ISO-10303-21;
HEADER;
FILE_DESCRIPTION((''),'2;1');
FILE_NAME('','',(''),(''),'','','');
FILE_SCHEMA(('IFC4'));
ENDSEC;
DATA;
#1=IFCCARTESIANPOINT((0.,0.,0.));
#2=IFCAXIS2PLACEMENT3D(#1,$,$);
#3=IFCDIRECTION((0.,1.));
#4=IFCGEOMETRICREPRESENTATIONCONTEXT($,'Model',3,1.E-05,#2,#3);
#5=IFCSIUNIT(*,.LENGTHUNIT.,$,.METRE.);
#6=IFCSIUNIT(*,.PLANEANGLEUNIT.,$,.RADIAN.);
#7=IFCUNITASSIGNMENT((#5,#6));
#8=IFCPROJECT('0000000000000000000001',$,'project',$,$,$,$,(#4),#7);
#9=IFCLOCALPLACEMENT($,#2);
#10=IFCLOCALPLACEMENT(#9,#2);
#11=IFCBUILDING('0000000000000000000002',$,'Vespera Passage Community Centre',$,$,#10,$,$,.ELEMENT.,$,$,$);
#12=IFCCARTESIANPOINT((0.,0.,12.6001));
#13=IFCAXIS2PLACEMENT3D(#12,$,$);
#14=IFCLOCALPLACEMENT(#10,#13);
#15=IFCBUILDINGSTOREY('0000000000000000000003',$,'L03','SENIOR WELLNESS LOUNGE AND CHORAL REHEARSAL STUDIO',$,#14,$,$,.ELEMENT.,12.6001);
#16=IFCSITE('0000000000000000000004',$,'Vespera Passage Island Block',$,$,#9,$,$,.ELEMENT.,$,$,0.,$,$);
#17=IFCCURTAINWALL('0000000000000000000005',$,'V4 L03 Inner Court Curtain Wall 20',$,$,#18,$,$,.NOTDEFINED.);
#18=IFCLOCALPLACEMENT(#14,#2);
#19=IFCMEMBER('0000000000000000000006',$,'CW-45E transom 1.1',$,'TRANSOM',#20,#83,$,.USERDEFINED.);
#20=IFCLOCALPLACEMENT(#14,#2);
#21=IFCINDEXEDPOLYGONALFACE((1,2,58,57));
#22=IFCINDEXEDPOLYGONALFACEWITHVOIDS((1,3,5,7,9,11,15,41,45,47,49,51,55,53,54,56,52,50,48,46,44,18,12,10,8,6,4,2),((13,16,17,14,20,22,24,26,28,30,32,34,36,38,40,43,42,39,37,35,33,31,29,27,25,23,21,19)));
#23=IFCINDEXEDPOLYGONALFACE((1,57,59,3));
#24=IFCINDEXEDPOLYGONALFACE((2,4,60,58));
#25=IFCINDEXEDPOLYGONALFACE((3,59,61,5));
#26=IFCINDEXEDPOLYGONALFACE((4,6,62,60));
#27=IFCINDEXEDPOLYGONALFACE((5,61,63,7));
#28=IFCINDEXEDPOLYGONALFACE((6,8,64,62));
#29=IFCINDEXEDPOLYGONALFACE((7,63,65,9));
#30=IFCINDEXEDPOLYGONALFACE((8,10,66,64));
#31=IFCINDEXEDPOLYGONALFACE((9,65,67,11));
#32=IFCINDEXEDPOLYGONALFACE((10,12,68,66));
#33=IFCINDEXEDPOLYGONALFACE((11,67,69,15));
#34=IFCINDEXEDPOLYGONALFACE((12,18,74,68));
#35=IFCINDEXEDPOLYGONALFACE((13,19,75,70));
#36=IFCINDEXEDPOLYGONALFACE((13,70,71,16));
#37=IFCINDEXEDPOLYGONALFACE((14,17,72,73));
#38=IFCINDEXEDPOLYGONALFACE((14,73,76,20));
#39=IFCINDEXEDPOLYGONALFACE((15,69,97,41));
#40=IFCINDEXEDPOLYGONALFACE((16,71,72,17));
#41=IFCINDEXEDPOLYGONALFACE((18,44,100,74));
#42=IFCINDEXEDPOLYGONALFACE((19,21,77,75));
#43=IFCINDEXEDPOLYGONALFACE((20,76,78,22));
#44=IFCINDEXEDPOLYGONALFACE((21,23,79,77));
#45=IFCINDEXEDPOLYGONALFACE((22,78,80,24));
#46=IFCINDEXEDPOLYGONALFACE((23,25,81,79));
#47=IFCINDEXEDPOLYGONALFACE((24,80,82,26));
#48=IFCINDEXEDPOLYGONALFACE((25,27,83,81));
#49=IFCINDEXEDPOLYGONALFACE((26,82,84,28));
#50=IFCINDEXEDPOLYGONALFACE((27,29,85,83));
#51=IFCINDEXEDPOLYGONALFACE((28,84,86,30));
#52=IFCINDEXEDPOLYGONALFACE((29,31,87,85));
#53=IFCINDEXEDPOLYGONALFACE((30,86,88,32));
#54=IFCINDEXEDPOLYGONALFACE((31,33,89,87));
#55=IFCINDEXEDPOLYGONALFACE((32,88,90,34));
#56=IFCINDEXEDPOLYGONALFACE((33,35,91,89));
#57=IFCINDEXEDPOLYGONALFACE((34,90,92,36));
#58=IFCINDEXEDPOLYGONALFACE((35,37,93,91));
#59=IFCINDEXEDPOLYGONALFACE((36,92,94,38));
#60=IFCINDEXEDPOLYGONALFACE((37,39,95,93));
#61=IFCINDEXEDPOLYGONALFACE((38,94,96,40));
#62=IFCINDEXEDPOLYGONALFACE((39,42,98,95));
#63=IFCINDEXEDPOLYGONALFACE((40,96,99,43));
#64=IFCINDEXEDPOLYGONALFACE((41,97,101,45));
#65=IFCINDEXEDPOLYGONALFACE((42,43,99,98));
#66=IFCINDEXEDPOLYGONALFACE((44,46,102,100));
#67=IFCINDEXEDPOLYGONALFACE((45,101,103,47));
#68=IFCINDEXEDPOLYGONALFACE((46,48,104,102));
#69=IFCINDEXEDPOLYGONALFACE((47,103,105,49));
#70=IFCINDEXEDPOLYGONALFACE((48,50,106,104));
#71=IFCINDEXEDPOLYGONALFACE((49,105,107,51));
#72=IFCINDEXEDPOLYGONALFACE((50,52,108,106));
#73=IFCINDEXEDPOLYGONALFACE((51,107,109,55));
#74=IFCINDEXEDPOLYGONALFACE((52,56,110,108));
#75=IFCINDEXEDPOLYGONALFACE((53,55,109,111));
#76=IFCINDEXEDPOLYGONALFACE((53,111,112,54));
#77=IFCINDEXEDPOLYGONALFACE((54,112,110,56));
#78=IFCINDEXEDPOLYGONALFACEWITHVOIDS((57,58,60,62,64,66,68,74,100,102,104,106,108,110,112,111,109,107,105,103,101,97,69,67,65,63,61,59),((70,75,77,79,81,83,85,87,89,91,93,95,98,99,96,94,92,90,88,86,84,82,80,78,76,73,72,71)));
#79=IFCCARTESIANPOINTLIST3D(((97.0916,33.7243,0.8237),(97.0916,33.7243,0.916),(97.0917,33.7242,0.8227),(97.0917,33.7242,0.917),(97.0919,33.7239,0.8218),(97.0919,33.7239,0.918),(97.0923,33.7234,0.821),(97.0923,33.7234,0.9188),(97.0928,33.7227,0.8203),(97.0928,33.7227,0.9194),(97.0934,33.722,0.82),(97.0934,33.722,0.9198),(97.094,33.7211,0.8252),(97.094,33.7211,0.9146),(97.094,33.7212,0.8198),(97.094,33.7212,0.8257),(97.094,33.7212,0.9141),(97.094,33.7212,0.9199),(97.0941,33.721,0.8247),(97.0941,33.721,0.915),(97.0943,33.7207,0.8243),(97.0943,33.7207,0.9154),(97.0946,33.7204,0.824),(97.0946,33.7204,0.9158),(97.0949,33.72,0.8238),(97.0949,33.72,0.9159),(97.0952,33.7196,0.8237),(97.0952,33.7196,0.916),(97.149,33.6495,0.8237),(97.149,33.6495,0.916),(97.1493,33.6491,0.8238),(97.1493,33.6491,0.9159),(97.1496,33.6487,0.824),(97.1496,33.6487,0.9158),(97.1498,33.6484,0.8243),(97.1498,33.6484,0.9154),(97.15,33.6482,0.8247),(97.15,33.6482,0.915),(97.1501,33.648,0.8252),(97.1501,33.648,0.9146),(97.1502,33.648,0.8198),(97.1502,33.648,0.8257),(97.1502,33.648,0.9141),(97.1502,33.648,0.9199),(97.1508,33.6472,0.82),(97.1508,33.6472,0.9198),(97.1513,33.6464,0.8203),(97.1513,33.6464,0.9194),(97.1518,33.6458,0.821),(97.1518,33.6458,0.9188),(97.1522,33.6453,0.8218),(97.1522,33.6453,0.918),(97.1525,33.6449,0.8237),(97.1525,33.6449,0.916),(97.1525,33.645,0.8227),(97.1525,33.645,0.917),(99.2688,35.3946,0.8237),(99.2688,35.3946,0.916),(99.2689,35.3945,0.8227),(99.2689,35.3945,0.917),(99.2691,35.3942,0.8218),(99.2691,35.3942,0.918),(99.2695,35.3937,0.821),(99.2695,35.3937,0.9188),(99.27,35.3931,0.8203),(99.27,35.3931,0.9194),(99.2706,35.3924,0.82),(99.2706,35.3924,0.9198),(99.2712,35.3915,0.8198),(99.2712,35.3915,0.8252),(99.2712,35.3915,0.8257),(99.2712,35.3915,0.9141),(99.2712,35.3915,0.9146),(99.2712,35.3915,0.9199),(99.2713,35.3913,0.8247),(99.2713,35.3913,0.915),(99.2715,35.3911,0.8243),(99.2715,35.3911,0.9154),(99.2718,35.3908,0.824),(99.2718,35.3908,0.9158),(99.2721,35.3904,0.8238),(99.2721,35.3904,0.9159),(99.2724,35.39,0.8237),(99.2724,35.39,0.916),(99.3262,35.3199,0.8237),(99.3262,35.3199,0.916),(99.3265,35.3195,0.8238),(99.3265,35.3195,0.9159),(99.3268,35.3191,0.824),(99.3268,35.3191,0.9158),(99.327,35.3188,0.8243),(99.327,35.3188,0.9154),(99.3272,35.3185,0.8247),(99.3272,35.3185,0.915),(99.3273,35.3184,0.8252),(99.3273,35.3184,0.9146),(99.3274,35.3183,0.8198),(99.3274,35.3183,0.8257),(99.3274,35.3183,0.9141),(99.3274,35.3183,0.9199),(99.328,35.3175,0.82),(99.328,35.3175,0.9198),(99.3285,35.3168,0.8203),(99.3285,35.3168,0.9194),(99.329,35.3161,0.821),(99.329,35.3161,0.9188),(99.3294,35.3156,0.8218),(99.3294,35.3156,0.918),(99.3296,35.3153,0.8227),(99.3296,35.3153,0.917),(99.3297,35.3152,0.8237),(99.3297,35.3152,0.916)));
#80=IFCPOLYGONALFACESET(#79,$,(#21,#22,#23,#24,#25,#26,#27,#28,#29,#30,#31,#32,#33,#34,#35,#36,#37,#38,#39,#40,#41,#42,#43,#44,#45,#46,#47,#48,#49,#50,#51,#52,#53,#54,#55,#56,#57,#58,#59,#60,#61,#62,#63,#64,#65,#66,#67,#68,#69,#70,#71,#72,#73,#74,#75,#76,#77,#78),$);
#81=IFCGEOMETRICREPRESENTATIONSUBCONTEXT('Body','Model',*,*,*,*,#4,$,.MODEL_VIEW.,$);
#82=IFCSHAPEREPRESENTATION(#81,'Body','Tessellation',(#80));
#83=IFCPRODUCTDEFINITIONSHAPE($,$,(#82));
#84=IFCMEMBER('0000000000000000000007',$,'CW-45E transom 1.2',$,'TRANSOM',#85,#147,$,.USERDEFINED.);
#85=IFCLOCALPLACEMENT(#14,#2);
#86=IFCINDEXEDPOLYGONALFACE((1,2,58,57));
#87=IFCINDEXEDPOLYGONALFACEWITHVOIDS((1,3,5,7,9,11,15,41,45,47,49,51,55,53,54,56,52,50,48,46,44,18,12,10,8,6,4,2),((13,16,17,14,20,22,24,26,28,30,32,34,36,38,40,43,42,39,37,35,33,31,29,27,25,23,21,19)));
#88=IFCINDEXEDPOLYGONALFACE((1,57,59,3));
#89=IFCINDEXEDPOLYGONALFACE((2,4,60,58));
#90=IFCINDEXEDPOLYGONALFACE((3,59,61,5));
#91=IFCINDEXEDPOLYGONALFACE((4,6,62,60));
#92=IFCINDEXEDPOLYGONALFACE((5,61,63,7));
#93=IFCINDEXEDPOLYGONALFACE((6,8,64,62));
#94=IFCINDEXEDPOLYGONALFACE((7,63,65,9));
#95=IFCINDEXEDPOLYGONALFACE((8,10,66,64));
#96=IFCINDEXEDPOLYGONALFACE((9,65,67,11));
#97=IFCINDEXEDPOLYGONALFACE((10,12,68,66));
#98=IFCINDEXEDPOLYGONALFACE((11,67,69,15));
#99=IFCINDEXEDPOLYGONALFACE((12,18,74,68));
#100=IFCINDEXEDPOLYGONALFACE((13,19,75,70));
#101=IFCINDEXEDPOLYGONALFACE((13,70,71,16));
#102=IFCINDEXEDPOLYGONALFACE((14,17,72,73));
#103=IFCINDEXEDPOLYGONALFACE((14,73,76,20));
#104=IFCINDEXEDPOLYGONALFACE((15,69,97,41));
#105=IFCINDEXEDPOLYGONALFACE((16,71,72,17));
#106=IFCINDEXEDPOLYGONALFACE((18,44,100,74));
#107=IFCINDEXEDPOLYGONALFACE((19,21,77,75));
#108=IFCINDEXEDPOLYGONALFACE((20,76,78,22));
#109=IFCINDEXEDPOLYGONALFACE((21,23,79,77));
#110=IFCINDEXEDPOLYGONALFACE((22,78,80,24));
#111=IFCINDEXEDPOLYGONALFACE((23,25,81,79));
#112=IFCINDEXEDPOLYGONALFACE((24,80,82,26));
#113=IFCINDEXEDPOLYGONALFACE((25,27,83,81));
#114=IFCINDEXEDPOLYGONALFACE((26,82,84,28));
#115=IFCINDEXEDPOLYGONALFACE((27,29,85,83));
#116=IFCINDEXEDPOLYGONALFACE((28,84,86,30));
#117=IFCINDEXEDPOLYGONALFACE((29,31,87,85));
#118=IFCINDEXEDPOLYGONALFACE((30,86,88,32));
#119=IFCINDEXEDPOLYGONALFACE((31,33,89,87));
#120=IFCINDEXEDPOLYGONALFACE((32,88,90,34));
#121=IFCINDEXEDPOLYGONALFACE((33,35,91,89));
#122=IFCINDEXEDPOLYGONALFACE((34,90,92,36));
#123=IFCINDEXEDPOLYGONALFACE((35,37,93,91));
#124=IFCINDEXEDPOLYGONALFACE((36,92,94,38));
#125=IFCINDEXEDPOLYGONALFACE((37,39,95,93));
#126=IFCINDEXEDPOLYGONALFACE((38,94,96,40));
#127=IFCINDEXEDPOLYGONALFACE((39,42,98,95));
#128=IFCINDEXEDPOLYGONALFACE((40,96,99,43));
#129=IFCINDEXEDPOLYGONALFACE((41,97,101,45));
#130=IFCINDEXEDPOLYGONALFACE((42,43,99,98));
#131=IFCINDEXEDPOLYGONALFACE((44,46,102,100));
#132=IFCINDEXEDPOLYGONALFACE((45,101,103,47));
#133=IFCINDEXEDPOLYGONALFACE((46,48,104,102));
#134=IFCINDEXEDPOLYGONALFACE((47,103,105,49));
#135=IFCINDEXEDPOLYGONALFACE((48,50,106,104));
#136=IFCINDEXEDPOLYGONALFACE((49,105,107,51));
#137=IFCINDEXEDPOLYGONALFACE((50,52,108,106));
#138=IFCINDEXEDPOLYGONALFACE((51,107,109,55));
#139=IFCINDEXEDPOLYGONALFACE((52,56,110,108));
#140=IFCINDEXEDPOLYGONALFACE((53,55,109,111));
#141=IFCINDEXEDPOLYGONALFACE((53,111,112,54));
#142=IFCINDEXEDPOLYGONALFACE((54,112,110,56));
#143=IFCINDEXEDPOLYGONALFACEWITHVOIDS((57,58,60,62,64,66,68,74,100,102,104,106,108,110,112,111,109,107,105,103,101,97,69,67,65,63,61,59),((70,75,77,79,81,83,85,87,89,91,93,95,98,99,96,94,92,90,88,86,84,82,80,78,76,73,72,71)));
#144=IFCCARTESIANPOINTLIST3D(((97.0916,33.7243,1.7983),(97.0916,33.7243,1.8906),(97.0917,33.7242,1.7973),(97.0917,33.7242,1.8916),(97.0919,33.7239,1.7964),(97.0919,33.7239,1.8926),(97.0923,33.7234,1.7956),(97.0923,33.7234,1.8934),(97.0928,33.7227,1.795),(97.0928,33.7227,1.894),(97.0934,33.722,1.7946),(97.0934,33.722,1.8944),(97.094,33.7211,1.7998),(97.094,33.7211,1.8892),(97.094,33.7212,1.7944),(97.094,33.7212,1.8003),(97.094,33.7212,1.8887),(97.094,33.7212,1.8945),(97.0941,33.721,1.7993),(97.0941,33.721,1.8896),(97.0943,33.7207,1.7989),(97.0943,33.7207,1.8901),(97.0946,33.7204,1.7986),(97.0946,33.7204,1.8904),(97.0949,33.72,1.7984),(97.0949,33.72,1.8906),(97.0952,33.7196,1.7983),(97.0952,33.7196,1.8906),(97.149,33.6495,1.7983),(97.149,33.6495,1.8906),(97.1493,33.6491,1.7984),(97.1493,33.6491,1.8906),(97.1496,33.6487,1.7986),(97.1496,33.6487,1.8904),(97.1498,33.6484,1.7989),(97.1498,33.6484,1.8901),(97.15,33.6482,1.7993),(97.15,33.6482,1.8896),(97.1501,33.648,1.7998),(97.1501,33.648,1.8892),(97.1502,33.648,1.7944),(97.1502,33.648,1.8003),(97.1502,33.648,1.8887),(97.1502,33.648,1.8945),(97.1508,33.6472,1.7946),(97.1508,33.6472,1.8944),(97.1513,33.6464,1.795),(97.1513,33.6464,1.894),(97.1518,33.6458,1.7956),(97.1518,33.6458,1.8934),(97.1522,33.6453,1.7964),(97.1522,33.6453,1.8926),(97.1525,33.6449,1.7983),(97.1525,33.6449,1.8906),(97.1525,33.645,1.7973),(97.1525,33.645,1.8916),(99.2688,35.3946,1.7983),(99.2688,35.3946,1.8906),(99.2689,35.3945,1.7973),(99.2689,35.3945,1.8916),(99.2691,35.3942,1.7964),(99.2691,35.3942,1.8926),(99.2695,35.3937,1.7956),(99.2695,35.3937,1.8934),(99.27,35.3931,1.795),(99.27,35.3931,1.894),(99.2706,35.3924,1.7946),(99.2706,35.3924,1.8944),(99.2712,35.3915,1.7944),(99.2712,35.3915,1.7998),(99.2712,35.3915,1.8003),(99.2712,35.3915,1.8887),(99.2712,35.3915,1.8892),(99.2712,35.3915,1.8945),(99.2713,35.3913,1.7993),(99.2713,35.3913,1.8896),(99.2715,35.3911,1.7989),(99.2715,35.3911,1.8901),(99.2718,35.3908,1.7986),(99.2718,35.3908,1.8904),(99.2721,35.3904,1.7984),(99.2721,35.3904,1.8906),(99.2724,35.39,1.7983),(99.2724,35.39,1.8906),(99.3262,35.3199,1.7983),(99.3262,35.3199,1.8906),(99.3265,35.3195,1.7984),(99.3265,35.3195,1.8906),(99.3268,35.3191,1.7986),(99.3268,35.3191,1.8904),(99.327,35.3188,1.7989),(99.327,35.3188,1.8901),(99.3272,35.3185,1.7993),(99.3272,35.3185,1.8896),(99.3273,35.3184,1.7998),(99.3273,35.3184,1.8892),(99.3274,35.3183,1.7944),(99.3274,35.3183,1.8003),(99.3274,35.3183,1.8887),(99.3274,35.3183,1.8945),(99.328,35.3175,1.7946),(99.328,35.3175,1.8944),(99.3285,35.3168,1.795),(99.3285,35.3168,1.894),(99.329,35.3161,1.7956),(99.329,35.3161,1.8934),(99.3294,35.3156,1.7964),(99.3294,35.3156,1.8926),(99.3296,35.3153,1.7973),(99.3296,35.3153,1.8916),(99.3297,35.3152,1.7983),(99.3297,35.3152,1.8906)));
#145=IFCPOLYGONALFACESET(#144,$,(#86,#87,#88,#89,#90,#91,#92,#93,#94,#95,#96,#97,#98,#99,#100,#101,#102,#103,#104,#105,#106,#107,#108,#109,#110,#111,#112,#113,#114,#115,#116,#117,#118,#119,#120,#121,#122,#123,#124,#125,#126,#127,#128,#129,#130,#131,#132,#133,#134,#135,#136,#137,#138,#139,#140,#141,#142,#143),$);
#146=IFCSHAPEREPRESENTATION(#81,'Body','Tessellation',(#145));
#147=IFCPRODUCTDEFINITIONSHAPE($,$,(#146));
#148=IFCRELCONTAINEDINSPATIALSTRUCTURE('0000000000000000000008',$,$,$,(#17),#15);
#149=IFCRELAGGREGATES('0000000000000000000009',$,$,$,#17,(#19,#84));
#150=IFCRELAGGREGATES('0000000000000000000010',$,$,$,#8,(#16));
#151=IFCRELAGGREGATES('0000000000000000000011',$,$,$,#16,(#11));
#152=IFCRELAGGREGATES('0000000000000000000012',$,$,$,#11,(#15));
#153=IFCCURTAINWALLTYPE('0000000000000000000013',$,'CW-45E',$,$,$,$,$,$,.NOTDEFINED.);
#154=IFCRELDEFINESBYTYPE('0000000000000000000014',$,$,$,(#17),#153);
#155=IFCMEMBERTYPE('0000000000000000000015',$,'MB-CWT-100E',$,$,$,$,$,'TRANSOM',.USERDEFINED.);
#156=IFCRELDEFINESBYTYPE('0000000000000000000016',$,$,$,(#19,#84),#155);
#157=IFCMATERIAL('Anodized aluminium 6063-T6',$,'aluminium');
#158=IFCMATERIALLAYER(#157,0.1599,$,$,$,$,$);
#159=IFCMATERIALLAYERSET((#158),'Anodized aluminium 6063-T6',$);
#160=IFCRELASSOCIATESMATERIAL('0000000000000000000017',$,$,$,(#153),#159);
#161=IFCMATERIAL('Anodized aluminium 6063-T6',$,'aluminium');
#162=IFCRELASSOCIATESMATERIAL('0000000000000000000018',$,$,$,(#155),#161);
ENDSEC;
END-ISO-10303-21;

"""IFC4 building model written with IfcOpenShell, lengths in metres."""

from ifc_helpers import new_model, si_unit, direction, frame, origin, origin_2d, place, context, subcontext, project, spatial, hollow_rectangle, extrude, material, layer, layer_set, material_profile, profile_set, type_object, element, aggregate, save


model = new_model("IFC4")

# Units and contexts
model_context = context("Model", 3, precision=1e-05, world=origin(), true_north=direction((0.0, 1.0)))
body_context = subcontext(model_context, "Body", "Model", "MODEL_VIEW")
ifc_project = project(units=[si_unit("LENGTHUNIT", "METRE"), si_unit("PLANEANGLEUNIT", "RADIAN")], contexts=[model_context])

# Site, building, storey
site_placement = place(None, origin())
site = spatial("IfcSite", under=ifc_project, at=site_placement, Name="Vespera Passage Island Block", CompositionType="ELEMENT", RefElevation=0.0)
building_placement = place(site_placement, origin())
building = spatial("IfcBuilding", under=site, at=building_placement, Name="Vespera Passage Community Centre", CompositionType="ELEMENT")
storey_placement = place(building_placement, frame((0.0, 0.0, 12.6001)))
storey = spatial("IfcBuildingStorey", under=building, at=storey_placement, Name="L03", Description="SENIOR WELLNESS LOUNGE AND CHORAL REHEARSAL STUDIO", CompositionType="ELEMENT", Elevation=12.6001)

# Curtain wall, members
ifc_material_1 = material(Name="Anodized aluminium 6063-T6", Category="aluminium")
ifc_layer_1 = layer(ifc_material_1, 0.1599)
ifc_layer_set_1 = layer_set([ifc_layer_1], Name="Anodized aluminium 6063-T6")
curtain_wall_type = type_object("IfcCurtainWallType", Name="CW-45E", PredefinedType="NOTDEFINED", material=ifc_layer_set_1)
curtain_wall_placement = place(storey_placement, origin())
curtain_wall = element("IfcCurtainWall", 1, at=curtain_wall_placement, inside=storey, type_object=curtain_wall_type, Name="V4 L03 Inner Court Curtain Wall 20", PredefinedType="NOTDEFINED")
ifc_material_2 = material(Name="Anodized aluminium 6063-T6", Category="aluminium")
ifc_material_profile_1 = material_profile(ifc_material_2, hollow_rectangle(XDim=0.1001, YDim=0.1001, WallThickness=0.0039, InnerFilletRadius=0.002, OuterFilletRadius=0.0039, at=origin_2d()), Name="ALU100X100X4")
ifc_profile_set_1 = profile_set([ifc_material_profile_1], Name="Anodized aluminium 6063-T6")
member_type_1 = type_object("IfcMemberType", Name="MB-CWT-100E", ElementType="TRANSOM", PredefinedType="USERDEFINED", material=ifc_profile_set_1)
member_1_placement = place(storey_placement, frame((97.1221, 33.6846, 0.8699), z_axis=(0.793397, 0.608704, 0.0), x_axis=(-0.608704, 0.793397, 0.0)))
member_1 = element("IfcMember", 2, at=member_1_placement, type_object=member_type_1, Name="CW-45E transom 1.1", ObjectType="TRANSOM", PredefinedType="USERDEFINED", context=body_context, shape_type="SweptSolid", body=[
    extrude(hollow_rectangle(XDim=0.1001, YDim=0.1001, WallThickness=0.0039, InnerFilletRadius=0.002, OuterFilletRadius=0.0039, at=origin_2d()), origin(), (0.0, 0.0, 1.0), 2.7441),
])
member_2_placement = place(storey_placement, frame((97.1221, 33.6846, 1.8445), z_axis=(0.793397, 0.608704, 0.0), x_axis=(-0.608704, 0.793397, 0.0)))
member_2 = element("IfcMember", 3, at=member_2_placement, type_object=member_type_1, Name="CW-45E transom 1.2", ObjectType="TRANSOM", PredefinedType="USERDEFINED", context=body_context, shape_type="SweptSolid", body=[
    extrude(hollow_rectangle(XDim=0.1001, YDim=0.1001, WallThickness=0.0039, InnerFilletRadius=0.002, OuterFilletRadius=0.0039, at=origin_2d()), origin(), (0.0, 0.0, 1.0), 2.7441),
])
aggregate(curtain_wall, [member_1, member_2])

save(model, "model.ifc")
